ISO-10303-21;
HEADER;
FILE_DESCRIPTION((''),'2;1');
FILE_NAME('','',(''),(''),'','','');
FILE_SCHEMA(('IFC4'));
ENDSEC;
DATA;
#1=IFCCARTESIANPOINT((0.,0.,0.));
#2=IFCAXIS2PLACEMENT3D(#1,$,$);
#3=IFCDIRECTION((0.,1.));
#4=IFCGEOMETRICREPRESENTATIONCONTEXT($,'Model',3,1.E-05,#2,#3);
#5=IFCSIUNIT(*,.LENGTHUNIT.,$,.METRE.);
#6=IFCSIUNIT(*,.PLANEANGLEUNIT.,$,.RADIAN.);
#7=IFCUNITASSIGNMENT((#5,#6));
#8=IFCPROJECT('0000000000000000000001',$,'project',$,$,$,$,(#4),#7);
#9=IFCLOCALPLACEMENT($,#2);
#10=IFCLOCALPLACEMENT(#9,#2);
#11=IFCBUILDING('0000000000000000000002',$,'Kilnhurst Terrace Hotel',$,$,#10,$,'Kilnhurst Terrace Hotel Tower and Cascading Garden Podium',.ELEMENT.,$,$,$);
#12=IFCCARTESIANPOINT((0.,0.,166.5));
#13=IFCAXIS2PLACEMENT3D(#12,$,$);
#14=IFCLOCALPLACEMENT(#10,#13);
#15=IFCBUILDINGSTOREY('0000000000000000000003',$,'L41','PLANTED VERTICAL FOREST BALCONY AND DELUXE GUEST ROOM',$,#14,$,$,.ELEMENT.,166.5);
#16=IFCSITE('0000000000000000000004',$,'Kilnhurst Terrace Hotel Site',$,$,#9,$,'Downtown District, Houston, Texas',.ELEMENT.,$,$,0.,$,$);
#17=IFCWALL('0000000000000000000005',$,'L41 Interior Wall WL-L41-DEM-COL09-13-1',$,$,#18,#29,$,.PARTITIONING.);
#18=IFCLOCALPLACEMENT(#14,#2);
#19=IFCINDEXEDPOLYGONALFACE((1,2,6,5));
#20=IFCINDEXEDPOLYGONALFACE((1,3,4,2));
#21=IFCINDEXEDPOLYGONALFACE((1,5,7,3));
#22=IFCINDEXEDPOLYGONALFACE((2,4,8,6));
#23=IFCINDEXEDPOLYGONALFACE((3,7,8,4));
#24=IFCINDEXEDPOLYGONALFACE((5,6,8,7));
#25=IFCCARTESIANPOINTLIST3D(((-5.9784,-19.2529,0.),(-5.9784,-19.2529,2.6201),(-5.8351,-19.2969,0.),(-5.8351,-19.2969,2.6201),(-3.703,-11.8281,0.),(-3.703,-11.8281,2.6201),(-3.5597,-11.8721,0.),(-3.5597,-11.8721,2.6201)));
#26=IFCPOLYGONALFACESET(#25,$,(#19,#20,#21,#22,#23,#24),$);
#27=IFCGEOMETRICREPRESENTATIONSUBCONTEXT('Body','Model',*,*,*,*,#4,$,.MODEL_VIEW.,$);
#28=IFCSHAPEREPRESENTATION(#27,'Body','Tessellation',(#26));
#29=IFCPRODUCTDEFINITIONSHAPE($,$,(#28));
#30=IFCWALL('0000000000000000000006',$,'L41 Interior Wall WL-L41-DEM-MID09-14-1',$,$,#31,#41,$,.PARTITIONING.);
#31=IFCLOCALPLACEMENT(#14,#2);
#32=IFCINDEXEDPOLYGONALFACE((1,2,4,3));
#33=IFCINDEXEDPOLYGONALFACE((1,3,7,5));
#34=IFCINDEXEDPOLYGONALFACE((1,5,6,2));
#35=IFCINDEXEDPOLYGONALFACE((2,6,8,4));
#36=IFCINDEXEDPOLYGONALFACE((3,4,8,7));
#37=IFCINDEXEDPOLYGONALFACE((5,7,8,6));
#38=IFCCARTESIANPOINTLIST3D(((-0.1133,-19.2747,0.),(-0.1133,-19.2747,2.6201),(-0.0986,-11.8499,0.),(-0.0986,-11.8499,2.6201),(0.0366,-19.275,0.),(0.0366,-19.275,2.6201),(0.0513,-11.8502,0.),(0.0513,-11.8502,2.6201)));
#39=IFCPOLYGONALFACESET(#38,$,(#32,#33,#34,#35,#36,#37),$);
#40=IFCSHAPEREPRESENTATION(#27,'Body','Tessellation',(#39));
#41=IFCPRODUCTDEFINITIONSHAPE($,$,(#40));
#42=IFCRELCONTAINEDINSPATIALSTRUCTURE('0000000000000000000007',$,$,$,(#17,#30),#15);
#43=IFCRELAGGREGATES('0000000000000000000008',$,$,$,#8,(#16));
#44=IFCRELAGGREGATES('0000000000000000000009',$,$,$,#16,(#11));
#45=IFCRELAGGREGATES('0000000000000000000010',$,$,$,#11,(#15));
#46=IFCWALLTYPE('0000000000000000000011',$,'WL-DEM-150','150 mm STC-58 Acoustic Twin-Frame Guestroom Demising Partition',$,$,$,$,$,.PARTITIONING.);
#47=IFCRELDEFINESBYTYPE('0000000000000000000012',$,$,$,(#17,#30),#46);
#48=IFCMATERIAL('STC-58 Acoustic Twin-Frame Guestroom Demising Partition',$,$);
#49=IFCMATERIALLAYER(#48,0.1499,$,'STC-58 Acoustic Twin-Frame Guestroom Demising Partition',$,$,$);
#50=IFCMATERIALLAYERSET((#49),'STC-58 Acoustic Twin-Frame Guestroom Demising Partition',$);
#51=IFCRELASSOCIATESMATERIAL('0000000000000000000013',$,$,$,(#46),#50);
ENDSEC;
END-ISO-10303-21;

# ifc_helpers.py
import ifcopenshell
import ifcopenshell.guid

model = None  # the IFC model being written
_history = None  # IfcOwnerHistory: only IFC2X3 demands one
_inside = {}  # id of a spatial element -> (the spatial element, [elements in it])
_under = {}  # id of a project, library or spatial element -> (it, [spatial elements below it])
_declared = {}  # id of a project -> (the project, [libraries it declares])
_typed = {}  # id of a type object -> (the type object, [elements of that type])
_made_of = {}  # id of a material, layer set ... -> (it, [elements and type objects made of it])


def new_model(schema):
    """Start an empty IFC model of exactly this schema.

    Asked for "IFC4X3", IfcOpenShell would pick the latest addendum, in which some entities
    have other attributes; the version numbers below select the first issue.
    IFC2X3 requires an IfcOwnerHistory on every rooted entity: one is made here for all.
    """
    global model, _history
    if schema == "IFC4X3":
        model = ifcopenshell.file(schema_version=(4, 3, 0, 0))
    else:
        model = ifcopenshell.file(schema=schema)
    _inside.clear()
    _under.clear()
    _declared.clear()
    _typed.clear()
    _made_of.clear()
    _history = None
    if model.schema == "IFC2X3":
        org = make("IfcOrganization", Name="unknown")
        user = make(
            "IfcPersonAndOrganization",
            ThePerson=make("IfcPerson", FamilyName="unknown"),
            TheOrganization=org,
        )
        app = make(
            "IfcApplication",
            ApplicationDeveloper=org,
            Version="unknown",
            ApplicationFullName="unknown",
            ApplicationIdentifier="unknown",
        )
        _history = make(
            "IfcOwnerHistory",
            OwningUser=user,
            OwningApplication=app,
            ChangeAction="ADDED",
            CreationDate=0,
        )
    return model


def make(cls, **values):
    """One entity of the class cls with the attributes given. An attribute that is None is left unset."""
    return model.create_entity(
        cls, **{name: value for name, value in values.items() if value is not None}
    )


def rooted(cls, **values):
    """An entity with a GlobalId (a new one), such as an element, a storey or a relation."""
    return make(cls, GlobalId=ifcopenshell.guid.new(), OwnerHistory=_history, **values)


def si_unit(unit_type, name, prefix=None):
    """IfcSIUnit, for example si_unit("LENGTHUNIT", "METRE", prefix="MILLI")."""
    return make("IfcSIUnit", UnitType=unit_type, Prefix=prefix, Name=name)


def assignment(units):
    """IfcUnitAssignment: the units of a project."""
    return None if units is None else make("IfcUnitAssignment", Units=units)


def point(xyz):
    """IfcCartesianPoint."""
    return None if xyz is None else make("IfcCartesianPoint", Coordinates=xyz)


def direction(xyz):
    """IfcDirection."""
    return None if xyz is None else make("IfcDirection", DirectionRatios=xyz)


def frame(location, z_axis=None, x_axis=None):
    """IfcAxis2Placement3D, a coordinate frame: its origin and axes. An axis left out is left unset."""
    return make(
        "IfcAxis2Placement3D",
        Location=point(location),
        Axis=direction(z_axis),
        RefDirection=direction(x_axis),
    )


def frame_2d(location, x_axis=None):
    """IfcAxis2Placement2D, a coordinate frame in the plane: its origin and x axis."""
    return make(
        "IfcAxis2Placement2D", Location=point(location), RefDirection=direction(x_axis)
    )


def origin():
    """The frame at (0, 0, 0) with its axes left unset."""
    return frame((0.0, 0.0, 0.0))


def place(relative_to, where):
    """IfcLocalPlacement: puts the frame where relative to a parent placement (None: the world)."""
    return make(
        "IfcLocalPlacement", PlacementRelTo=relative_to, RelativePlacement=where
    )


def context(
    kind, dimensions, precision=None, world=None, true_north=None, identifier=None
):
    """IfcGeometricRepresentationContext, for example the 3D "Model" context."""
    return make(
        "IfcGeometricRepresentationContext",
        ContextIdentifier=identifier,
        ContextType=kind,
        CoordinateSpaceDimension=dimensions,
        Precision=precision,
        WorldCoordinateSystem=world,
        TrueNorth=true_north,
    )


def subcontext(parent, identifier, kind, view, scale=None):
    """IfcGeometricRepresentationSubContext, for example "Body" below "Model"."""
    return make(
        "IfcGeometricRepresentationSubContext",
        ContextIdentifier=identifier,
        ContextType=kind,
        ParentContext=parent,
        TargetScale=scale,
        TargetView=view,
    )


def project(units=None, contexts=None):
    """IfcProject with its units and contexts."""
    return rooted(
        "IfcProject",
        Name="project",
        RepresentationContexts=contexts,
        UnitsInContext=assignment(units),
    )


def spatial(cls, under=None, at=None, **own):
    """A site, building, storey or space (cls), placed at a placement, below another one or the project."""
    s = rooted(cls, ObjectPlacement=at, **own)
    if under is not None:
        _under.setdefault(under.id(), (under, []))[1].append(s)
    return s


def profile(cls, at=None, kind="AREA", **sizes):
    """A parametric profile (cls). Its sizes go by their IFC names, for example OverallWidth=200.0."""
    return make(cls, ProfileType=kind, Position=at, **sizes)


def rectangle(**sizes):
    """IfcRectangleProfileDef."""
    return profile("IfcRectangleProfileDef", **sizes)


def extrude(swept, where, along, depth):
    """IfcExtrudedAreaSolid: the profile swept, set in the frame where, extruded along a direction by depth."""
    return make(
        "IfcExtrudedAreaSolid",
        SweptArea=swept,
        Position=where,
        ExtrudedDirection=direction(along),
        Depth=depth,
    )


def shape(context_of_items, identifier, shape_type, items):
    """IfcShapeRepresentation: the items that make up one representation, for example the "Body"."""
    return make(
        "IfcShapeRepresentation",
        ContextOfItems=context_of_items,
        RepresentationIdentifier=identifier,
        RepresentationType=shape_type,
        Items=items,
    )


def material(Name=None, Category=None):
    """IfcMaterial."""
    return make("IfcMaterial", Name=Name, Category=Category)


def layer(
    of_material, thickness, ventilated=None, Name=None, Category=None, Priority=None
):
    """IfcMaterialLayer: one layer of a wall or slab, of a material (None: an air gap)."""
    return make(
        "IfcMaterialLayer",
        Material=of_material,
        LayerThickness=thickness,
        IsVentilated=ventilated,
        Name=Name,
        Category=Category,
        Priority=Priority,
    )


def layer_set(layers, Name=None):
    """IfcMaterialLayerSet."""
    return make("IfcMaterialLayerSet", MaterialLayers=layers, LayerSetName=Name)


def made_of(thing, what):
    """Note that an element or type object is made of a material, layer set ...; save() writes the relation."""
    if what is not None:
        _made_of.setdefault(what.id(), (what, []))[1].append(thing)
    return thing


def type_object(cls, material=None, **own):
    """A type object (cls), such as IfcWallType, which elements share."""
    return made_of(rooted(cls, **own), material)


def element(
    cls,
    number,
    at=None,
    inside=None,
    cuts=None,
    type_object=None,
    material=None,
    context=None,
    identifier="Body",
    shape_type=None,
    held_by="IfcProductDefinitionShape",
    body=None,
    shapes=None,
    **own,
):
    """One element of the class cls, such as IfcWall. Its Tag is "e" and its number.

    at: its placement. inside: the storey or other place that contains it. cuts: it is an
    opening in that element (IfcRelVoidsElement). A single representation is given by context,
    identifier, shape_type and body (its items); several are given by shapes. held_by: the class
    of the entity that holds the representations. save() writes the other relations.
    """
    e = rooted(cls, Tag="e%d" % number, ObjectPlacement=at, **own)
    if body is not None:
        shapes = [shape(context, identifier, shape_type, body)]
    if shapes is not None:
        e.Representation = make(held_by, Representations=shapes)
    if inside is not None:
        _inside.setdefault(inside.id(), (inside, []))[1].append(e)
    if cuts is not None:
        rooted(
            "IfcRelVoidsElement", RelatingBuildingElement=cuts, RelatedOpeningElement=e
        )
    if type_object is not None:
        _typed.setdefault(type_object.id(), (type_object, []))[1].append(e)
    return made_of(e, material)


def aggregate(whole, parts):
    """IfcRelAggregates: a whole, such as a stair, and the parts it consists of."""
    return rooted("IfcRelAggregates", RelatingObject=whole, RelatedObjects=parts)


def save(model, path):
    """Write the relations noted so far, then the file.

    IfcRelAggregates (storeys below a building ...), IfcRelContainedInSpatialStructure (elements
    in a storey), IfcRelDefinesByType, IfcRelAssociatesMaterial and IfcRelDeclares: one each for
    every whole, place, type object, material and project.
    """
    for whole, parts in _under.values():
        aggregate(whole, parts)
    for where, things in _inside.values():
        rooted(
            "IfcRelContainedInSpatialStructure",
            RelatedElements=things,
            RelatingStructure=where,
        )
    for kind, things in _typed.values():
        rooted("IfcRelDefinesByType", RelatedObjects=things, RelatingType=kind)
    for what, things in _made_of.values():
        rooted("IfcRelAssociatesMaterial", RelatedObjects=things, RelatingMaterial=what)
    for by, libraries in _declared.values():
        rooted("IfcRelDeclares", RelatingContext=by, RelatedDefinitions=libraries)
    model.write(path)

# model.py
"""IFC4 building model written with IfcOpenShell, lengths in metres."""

from ifc_helpers import new_model, si_unit, direction, frame, frame_2d, origin, place, context, subcontext, project, spatial, rectangle, extrude, material, layer, layer_set, type_object, element, save


model = new_model("IFC4")

# Units and contexts
model_context = context("Model", 3, precision=1e-05, world=origin(), true_north=direction((0.0, 1.0)))
body_context = subcontext(model_context, "Body", "Model", "MODEL_VIEW")
ifc_project = project(units=[si_unit("LENGTHUNIT", "METRE"), si_unit("PLANEANGLEUNIT", "RADIAN")], contexts=[model_context])

# Site, building, storey
site_placement = place(None, origin())
site = spatial("IfcSite", under=ifc_project, at=site_placement, Name="Kilnhurst Terrace Hotel Site", LongName="Downtown District, Houston, Texas", CompositionType="ELEMENT", RefElevation=0.0)
building_placement = place(site_placement, origin())
building = spatial("IfcBuilding", under=site, at=building_placement, Name="Kilnhurst Terrace Hotel", LongName="Kilnhurst Terrace Hotel Tower and Cascading Garden Podium", CompositionType="ELEMENT")
storey_placement = place(building_placement, frame((0.0, 0.0, 166.5)))
storey = spatial("IfcBuildingStorey", under=building, at=storey_placement, Name="L41", Description="PLANTED VERTICAL FOREST BALCONY AND DELUXE GUEST ROOM", CompositionType="ELEMENT", Elevation=166.5)

# Walls
ifc_material_1 = material(Name="STC-58 Acoustic Twin-Frame Guestroom Demising Partition")
ifc_layer_1 = layer(ifc_material_1, 0.1499, Name="STC-58 Acoustic Twin-Frame Guestroom Demising Partition")
ifc_layer_set_1 = layer_set([ifc_layer_1], Name="STC-58 Acoustic Twin-Frame Guestroom Demising Partition")
wall_type_1 = type_object("IfcWallType", Name="WL-DEM-150", Description="150 mm STC-58 Acoustic Twin-Frame Guestroom Demising Partition", PredefinedType="PARTITIONING", material=ifc_layer_set_1)
wall_1_placement = place(storey_placement, frame((-3.6313, -11.8501, 0.0), z_axis=(0.0, 0.0, 1.0), x_axis=(-0.293008, -0.95611, 0.0)))
element("IfcWall", 1, at=wall_1_placement, inside=storey, type_object=wall_type_1, Name="L41 Interior Wall WL-L41-DEM-COL09-13-1", PredefinedType="PARTITIONING", context=body_context, shape_type="SweptSolid", body=[
    extrude(rectangle(XDim=7.7656, YDim=0.1499, at=frame_2d((3.8828, 0.0))), origin(), (0.0, 0.0, 1.0), 2.6201),
])
wall_2_placement = place(storey_placement, frame((-0.0237, -11.8501, 0.0), z_axis=(0.0, 0.0, 1.0), x_axis=(-0.001973, -0.999998, 0.0)))
element("IfcWall", 2, at=wall_2_placement, inside=storey, type_object=wall_type_1, Name="L41 Interior Wall WL-L41-DEM-MID09-14-1", PredefinedType="PARTITIONING", context=body_context, shape_type="SweptSolid", body=[
    extrude(rectangle(XDim=7.4248, YDim=0.1499, at=frame_2d((3.7124, 0.0))), origin(), (0.0, 0.0, 1.0), 2.6201),
])

save(model, "model.ifc")
